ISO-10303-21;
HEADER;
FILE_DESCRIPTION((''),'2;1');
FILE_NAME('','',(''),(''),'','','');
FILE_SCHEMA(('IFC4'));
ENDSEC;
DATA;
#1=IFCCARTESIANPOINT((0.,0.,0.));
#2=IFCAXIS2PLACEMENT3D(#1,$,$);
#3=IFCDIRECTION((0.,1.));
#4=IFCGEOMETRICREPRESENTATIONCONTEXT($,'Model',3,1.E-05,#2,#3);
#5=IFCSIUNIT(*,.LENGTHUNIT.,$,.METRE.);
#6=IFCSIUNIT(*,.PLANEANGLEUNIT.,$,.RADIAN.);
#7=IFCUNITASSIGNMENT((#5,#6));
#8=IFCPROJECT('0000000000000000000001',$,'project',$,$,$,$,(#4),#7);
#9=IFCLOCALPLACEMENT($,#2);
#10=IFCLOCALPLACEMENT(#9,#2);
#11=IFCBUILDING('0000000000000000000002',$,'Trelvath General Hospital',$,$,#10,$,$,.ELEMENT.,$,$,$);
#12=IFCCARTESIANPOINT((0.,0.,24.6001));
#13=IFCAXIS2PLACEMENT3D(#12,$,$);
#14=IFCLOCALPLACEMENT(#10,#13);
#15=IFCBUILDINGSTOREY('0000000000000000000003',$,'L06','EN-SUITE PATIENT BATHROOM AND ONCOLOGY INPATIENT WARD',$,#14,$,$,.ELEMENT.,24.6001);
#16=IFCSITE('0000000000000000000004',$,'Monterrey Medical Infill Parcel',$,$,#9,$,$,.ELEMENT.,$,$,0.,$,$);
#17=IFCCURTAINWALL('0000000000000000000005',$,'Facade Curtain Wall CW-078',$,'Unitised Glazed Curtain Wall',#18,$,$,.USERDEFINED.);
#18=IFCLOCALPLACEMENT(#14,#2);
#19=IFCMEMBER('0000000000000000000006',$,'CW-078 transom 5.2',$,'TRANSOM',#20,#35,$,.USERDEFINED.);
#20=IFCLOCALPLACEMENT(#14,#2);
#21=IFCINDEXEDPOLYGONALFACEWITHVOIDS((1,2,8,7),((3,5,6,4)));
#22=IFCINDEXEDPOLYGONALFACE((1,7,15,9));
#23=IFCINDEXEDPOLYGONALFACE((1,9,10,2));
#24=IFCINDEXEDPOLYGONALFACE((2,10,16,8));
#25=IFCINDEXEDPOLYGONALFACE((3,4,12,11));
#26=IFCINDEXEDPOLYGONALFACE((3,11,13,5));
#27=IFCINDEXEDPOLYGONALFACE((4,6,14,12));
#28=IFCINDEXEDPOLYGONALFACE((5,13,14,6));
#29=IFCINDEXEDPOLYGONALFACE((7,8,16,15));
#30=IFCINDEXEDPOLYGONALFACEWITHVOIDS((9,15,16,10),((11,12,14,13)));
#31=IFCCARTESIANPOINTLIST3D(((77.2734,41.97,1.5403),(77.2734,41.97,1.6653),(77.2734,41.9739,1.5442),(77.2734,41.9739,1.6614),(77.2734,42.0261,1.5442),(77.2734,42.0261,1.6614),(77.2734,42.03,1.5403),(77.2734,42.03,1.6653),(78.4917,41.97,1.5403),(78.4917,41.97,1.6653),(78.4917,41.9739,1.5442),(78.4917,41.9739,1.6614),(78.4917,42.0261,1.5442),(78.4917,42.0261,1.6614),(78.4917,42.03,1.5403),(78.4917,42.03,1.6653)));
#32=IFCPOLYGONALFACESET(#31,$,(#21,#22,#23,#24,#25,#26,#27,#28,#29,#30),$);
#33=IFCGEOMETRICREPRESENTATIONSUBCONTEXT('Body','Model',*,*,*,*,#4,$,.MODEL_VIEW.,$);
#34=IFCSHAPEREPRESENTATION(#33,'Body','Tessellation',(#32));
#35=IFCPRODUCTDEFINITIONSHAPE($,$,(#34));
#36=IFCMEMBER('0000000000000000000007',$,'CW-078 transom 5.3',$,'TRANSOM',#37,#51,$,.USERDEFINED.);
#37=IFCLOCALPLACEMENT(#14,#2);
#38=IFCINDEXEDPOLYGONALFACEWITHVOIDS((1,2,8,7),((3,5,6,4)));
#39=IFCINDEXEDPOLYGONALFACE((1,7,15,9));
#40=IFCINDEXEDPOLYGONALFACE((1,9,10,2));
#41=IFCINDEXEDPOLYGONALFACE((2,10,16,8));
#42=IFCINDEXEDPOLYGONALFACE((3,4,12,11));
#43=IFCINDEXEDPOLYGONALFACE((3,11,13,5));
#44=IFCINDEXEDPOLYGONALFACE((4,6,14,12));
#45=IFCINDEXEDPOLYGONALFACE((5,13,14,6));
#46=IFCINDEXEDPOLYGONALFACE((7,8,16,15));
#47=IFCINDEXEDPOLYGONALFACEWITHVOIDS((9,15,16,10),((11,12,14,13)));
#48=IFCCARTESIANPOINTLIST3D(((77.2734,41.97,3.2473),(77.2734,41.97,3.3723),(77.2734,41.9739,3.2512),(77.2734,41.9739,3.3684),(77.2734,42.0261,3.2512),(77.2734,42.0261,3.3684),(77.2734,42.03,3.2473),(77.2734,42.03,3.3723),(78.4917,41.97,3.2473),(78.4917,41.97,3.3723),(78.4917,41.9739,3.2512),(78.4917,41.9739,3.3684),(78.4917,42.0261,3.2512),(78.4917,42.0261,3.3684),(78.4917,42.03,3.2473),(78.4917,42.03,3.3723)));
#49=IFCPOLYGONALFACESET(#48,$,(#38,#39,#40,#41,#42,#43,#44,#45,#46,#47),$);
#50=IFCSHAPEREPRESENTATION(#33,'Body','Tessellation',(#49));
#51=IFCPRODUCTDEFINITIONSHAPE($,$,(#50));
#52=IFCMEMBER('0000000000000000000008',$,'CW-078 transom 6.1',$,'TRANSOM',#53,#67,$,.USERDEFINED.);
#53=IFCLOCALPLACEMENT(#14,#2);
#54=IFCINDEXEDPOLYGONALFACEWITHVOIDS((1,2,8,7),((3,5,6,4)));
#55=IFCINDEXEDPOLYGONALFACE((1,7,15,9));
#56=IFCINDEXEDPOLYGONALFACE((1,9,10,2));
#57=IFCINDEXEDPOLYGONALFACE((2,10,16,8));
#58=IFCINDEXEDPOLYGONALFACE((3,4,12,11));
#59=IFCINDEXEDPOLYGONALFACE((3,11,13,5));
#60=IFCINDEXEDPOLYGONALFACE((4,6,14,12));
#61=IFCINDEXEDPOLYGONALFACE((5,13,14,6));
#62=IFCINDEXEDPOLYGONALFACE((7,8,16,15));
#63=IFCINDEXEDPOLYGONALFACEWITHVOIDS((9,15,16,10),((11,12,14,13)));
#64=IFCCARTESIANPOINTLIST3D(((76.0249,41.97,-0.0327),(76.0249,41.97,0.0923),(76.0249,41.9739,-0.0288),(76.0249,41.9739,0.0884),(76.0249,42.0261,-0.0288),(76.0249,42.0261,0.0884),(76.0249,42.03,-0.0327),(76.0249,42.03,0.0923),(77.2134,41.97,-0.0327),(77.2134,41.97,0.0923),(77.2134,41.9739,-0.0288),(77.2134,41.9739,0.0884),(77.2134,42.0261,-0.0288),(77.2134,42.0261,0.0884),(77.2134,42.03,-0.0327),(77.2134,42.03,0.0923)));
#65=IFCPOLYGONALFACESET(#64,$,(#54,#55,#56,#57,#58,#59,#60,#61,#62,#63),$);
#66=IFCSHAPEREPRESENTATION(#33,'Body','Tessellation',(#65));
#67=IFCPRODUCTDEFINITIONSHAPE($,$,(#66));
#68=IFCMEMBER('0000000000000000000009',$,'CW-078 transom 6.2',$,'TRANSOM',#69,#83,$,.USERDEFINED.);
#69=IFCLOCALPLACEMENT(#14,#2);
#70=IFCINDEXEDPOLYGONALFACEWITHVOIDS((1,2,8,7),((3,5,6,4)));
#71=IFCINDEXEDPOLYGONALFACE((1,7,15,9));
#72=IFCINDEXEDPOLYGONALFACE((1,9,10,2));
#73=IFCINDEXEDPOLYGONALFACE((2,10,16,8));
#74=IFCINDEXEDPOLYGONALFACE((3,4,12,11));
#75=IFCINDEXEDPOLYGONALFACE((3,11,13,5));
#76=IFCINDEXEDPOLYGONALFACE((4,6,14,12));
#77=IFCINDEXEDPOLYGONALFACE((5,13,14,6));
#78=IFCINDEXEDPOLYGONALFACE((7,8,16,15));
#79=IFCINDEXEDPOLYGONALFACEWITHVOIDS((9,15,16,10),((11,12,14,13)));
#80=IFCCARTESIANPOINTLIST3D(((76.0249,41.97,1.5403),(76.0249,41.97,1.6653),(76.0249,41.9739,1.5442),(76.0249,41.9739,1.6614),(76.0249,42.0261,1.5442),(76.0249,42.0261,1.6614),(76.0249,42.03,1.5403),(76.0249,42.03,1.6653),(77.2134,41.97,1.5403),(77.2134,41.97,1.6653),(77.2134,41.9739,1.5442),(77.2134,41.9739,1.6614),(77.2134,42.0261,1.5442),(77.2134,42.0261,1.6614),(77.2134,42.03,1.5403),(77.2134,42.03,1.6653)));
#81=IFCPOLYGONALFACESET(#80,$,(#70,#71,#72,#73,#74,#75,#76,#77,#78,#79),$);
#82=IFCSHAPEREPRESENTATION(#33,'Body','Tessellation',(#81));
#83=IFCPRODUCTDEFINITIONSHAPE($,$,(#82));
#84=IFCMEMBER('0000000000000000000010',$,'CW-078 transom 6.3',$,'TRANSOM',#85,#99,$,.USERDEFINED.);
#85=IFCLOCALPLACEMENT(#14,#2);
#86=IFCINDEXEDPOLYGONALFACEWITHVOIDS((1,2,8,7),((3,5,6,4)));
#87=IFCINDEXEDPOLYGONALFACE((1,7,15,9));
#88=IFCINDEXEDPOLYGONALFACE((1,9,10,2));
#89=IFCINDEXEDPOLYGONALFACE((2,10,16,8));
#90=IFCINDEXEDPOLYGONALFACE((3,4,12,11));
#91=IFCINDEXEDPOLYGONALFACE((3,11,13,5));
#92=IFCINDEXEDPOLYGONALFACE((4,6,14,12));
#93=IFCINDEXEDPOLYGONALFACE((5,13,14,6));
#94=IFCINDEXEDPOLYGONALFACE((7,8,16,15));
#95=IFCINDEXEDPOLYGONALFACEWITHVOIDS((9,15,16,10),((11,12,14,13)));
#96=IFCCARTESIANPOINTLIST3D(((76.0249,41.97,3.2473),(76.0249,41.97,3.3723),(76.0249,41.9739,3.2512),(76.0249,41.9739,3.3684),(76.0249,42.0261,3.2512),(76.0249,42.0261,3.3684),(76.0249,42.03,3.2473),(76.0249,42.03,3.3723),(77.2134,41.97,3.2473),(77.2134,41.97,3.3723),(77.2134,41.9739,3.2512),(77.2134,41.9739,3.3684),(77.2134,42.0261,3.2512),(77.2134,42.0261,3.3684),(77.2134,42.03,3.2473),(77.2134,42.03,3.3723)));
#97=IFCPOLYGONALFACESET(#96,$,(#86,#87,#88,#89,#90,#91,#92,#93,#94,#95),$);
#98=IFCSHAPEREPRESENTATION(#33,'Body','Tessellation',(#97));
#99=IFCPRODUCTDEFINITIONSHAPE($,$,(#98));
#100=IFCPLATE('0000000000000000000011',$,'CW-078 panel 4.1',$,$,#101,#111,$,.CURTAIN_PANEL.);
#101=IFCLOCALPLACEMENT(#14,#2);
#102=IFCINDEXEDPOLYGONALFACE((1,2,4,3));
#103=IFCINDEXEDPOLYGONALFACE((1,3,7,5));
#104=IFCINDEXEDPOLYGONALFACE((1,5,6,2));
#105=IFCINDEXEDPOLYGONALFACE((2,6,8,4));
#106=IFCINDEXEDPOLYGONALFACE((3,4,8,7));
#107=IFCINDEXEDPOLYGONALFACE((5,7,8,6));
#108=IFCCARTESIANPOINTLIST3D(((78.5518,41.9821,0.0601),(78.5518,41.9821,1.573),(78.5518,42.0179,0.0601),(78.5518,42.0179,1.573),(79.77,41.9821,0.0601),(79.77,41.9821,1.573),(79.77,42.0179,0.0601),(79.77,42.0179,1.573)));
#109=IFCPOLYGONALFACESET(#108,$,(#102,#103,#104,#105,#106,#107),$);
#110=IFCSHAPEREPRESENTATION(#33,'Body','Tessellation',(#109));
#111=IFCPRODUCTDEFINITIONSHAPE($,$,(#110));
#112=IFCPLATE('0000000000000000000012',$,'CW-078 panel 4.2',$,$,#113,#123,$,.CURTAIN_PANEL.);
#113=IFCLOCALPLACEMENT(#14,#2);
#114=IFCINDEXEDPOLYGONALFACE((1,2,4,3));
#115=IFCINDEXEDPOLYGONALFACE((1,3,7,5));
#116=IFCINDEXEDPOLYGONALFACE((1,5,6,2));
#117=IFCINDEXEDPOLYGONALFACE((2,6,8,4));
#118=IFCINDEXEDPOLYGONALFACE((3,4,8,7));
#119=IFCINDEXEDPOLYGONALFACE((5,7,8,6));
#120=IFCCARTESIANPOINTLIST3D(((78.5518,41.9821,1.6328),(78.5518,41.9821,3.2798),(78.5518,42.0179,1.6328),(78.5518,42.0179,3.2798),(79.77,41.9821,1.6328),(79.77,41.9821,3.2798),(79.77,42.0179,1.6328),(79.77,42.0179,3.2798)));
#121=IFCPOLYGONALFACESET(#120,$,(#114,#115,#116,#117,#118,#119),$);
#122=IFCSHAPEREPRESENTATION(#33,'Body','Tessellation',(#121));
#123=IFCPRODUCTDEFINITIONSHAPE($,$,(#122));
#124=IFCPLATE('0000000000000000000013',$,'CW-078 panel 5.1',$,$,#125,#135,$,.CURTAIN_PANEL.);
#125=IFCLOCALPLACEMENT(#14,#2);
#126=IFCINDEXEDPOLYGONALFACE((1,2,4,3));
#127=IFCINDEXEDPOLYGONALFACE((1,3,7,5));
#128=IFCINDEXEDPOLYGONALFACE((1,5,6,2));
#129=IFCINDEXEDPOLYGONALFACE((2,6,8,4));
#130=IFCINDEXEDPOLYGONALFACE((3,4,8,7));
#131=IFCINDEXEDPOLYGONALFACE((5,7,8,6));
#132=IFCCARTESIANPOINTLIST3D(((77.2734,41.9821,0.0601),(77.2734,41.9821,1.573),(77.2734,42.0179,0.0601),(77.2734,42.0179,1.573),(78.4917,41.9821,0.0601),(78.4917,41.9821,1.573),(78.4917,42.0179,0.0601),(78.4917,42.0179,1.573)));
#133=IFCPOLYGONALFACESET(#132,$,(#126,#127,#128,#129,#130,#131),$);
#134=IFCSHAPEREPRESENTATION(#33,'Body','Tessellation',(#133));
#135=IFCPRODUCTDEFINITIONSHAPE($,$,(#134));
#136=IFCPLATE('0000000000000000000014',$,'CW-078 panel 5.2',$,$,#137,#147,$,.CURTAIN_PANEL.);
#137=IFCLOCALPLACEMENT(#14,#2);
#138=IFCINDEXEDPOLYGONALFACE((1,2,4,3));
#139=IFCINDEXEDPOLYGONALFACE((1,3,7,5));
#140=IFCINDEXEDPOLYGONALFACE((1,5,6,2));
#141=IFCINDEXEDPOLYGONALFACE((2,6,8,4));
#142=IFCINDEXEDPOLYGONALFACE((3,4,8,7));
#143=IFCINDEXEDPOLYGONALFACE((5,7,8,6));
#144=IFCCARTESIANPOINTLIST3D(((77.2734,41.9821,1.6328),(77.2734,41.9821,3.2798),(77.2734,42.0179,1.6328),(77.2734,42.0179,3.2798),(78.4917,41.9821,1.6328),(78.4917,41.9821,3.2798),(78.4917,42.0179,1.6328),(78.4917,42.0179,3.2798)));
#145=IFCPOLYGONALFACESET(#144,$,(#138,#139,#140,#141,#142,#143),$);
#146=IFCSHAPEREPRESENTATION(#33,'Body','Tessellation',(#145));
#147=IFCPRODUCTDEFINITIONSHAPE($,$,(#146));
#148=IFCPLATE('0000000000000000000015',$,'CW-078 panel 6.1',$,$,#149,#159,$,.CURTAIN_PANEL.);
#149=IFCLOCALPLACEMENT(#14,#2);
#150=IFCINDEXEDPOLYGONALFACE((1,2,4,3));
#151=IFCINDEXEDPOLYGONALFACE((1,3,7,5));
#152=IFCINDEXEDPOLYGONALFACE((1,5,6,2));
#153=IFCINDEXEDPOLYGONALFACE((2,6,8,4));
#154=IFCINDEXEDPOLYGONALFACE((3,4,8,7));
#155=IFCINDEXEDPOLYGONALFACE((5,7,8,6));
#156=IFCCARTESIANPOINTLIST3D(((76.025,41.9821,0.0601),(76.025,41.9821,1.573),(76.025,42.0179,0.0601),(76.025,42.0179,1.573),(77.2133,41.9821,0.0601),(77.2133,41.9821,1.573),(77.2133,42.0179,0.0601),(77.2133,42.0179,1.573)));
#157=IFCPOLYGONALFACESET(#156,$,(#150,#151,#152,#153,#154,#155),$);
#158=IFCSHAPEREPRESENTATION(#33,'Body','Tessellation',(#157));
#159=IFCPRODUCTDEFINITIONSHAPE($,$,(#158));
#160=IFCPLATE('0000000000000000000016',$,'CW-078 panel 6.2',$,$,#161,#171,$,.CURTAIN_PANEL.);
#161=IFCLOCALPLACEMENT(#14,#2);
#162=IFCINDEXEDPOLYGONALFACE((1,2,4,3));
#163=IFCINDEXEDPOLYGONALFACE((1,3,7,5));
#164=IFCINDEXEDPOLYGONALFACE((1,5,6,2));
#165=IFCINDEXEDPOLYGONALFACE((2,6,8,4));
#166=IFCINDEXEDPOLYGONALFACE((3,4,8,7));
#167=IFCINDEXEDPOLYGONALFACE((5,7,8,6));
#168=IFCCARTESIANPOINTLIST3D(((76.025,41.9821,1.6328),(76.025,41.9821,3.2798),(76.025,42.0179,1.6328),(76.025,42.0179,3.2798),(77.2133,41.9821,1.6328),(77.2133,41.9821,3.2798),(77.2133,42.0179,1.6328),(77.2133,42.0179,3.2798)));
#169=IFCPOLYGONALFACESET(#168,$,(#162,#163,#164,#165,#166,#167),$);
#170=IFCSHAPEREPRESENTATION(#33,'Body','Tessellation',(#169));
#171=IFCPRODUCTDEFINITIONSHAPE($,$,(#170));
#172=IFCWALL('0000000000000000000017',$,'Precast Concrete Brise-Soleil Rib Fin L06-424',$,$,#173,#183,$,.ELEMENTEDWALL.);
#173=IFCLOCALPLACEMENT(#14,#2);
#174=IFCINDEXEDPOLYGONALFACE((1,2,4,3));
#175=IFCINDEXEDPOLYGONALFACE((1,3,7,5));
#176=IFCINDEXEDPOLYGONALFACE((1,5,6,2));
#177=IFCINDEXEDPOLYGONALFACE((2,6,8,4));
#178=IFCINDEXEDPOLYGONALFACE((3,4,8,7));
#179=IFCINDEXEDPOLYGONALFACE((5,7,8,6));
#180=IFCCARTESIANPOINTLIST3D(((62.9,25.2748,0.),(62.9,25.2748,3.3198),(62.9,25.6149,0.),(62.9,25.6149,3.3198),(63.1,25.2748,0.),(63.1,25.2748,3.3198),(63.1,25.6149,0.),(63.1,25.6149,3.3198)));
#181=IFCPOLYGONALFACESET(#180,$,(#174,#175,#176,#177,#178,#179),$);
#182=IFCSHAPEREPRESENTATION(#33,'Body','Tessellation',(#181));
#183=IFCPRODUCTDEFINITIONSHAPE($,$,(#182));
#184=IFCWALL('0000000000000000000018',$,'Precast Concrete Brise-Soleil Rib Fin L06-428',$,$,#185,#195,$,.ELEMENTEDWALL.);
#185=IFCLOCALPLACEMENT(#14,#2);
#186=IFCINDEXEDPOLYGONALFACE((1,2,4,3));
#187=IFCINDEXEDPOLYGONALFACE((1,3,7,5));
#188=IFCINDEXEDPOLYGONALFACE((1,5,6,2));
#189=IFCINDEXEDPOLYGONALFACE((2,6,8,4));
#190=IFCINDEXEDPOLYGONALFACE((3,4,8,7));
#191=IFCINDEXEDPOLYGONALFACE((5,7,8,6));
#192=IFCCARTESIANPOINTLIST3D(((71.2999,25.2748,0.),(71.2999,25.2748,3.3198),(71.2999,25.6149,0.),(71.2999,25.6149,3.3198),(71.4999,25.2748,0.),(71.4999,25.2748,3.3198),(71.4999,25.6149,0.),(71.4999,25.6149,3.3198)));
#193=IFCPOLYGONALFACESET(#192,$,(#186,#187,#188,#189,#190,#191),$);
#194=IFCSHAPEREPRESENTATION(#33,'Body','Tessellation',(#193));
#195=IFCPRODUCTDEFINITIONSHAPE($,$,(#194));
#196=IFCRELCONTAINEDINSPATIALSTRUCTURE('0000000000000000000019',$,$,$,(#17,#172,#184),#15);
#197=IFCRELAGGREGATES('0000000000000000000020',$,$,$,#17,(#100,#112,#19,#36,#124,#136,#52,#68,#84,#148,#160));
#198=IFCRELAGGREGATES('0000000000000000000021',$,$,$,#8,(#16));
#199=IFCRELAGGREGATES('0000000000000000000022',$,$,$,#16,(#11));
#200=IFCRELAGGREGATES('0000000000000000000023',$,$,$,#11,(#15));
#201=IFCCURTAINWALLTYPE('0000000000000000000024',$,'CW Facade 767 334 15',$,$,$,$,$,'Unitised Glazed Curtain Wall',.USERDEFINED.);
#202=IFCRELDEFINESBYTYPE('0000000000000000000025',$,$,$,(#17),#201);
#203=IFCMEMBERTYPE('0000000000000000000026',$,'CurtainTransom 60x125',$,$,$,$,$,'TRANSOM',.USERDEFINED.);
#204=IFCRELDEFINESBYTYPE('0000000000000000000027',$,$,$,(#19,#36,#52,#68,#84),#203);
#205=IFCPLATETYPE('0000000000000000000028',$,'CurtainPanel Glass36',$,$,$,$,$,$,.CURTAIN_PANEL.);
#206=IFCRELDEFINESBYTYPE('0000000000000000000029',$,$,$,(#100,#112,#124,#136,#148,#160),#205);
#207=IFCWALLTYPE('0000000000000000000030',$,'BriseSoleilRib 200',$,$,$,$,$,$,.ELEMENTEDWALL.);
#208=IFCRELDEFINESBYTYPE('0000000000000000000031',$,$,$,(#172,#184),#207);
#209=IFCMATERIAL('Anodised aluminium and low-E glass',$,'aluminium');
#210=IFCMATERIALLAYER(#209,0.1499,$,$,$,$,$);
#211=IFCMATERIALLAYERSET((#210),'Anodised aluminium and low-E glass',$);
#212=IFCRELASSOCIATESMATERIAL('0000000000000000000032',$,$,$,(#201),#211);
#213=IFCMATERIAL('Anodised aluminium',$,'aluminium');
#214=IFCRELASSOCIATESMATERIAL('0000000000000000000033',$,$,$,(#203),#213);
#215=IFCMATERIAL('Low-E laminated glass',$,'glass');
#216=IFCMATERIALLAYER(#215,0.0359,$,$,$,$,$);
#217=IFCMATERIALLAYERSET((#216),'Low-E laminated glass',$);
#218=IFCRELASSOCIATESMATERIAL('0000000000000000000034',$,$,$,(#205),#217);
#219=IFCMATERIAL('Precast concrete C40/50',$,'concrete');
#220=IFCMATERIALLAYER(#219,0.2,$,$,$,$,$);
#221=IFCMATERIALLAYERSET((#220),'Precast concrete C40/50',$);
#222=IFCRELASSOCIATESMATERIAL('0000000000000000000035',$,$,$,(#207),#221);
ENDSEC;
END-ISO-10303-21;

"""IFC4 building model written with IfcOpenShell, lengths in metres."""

from ifc_helpers import new_model, si_unit, direction, frame, frame_2d, origin, origin_2d, place, context, subcontext, project, spatial, rectangle, hollow_rectangle, extrude, material, layer, layer_set, material_profile, profile_set, type_object, element, aggregate, save


model = new_model("IFC4")

# Units and contexts
model_context = context("Model", 3, precision=1e-05, world=origin(), true_north=direction((0.0, 1.0)))
body_context = subcontext(model_context, "Body", "Model", "MODEL_VIEW")
ifc_project = project(units=[si_unit("LENGTHUNIT", "METRE"), si_unit("PLANEANGLEUNIT", "RADIAN")], contexts=[model_context])

# Site, building, storey
site_placement = place(None, origin())
site = spatial("IfcSite", under=ifc_project, at=site_placement, Name="Monterrey Medical Infill Parcel", CompositionType="ELEMENT", RefElevation=0.0)
building_placement = place(site_placement, origin())
building = spatial("IfcBuilding", under=site, at=building_placement, Name="Trelvath General Hospital", CompositionType="ELEMENT")
storey_placement = place(building_placement, frame((0.0, 0.0, 24.6001)))
storey = spatial("IfcBuildingStorey", under=building, at=storey_placement, Name="L06", Description="EN-SUITE PATIENT BATHROOM AND ONCOLOGY INPATIENT WARD", CompositionType="ELEMENT", Elevation=24.6001)

# Curtain wall, members, plates
ifc_material_1 = material(Name="Anodised aluminium and low-E glass", Category="aluminium")
ifc_layer_1 = layer(ifc_material_1, 0.1499)
ifc_layer_set_1 = layer_set([ifc_layer_1], Name="Anodised aluminium and low-E glass")
curtain_wall_type = type_object("IfcCurtainWallType", Name="CW Facade 767 334 15", ElementType="Unitised Glazed Curtain Wall", PredefinedType="USERDEFINED", material=ifc_layer_set_1)
curtain_wall_placement = place(storey_placement, origin())
curtain_wall = element("IfcCurtainWall", 1, at=curtain_wall_placement, inside=storey, type_object=curtain_wall_type, Name="Facade Curtain Wall CW-078", ObjectType="Unitised Glazed Curtain Wall", PredefinedType="USERDEFINED")
ifc_material_2 = material(Name="Anodised aluminium", Category="aluminium")
ifc_material_profile_1 = material_profile(ifc_material_2, hollow_rectangle(XDim=0.0601, YDim=0.125, WallThickness=0.0039, at=origin_2d()), Name="RHS60x125x4")
ifc_profile_set_1 = profile_set([ifc_material_profile_1], Name="Anodised aluminium")
member_type_1 = type_object("IfcMemberType", Name="CurtainTransom 60x125", ElementType="TRANSOM", PredefinedType="USERDEFINED", material=ifc_profile_set_1)
member_1_placement = place(storey_placement, frame((78.4917, 42.0, 1.6028), z_axis=(-1.0, 0.0, 0.0), x_axis=(0.0, -1.0, 0.0)))
member_1 = element("IfcMember", 2, at=member_1_placement, type_object=member_type_1, Name="CW-078 transom 5.2", ObjectType="TRANSOM", PredefinedType="USERDEFINED", context=body_context, shape_type="SweptSolid", body=[
    extrude(hollow_rectangle(XDim=0.0601, YDim=0.125, WallThickness=0.0039, at=origin_2d()), origin(), (0.0, 0.0, 1.0), 1.2183),
])
member_2_placement = place(storey_placement, frame((78.4917, 42.0, 3.3098), z_axis=(-1.0, 0.0, 0.0), x_axis=(0.0, -1.0, 0.0)))
member_2 = element("IfcMember", 3, at=member_2_placement, type_object=member_type_1, Name="CW-078 transom 5.3", ObjectType="TRANSOM", PredefinedType="USERDEFINED", context=body_context, shape_type="SweptSolid", body=[
    extrude(hollow_rectangle(XDim=0.0601, YDim=0.125, WallThickness=0.0039, at=origin_2d()), origin(), (0.0, 0.0, 1.0), 1.2183),
])
member_3_placement = place(storey_placement, frame((77.2134, 42.0, 0.0298), z_axis=(-1.0, 0.0, 0.0), x_axis=(0.0, -1.0, 0.0)))
member_3 = element("IfcMember", 4, at=member_3_placement, type_object=member_type_1, Name="CW-078 transom 6.1", ObjectType="TRANSOM", PredefinedType="USERDEFINED", context=body_context, shape_type="SweptSolid", body=[
    extrude(hollow_rectangle(XDim=0.0601, YDim=0.125, WallThickness=0.0039, at=origin_2d()), origin(), (0.0, 0.0, 1.0), 1.1885),
])
member_4_placement = place(storey_placement, frame((77.2134, 42.0, 1.6028), z_axis=(-1.0, 0.0, 0.0), x_axis=(0.0, -1.0, 0.0)))
member_4 = element("IfcMember", 5, at=member_4_placement, type_object=member_type_1, Name="CW-078 transom 6.2", ObjectType="TRANSOM", PredefinedType="USERDEFINED", context=body_context, shape_type="SweptSolid", body=[
    extrude(hollow_rectangle(XDim=0.0601, YDim=0.125, WallThickness=0.0039, at=origin_2d()), origin(), (0.0, 0.0, 1.0), 1.1885),
])
member_5_placement = place(storey_placement, frame((77.2134, 42.0, 3.3098), z_axis=(-1.0, 0.0, 0.0), x_axis=(0.0, -1.0, 0.0)))
member_5 = element("IfcMember", 6, at=member_5_placement, type_object=member_type_1, Name="CW-078 transom 6.3", ObjectType="TRANSOM", PredefinedType="USERDEFINED", context=body_context, shape_type="SweptSolid", body=[
    extrude(hollow_rectangle(XDim=0.0601, YDim=0.125, WallThickness=0.0039, at=origin_2d()), origin(), (0.0, 0.0, 1.0), 1.1885),
])
ifc_material_3 = material(Name="Low-E laminated glass", Category="glass")
ifc_layer_2 = layer(ifc_material_3, 0.0359)
ifc_layer_set_2 = layer_set([ifc_layer_2], Name="Low-E laminated glass")
plate_type = type_object("IfcPlateType", Name="CurtainPanel Glass36", PredefinedType="CURTAIN_PANEL", material=ifc_layer_set_2)
plate_1_placement = place(storey_placement, frame((79.1609, 42.0, 0.0601), z_axis=(0.0, 0.0, 1.0), x_axis=(-1.0, 0.0, 0.0)))
plate_1 = element("IfcPlate", 7, at=plate_1_placement, type_object=plate_type, Name="CW-078 panel 4.1", PredefinedType="CURTAIN_PANEL", context=body_context, shape_type="SweptSolid", body=[
    extrude(rectangle(XDim=1.2183, YDim=0.0359, at=origin_2d()), origin(), (0.0, 0.0, 1.0), 1.5129),
])
plate_2_placement = place(storey_placement, frame((79.1609, 42.0, 1.6328), z_axis=(0.0, 0.0, 1.0), x_axis=(-1.0, 0.0, 0.0)))
plate_2 = element("IfcPlate", 8, at=plate_2_placement, type_object=plate_type, Name="CW-078 panel 4.2", PredefinedType="CURTAIN_PANEL", context=body_context, shape_type="SweptSolid", body=[
    extrude(rectangle(XDim=1.2183, YDim=0.0359, at=origin_2d()), origin(), (0.0, 0.0, 1.0), 1.647),
])
plate_3_placement = place(storey_placement, frame((77.8826, 42.0, 0.0601), z_axis=(0.0, 0.0, 1.0), x_axis=(-1.0, 0.0, 0.0)))
plate_3 = element("IfcPlate", 9, at=plate_3_placement, type_object=plate_type, Name="CW-078 panel 5.1", PredefinedType="CURTAIN_PANEL", context=body_context, shape_type="SweptSolid", body=[
    extrude(rectangle(XDim=1.2183, YDim=0.0359, at=origin_2d()), origin(), (0.0, 0.0, 1.0), 1.5129),
])
plate_4_placement = place(storey_placement, frame((77.8826, 42.0, 1.6328), z_axis=(0.0, 0.0, 1.0), x_axis=(-1.0, 0.0, 0.0)))
plate_4 = element("IfcPlate", 10, at=plate_4_placement, type_object=plate_type, Name="CW-078 panel 5.2", PredefinedType="CURTAIN_PANEL", context=body_context, shape_type="SweptSolid", body=[
    extrude(rectangle(XDim=1.2183, YDim=0.0359, at=origin_2d()), origin(), (0.0, 0.0, 1.0), 1.647),
])
plate_5_placement = place(storey_placement, frame((76.6191, 42.0, 0.0601), z_axis=(0.0, 0.0, 1.0), x_axis=(-1.0, 0.0, 0.0)))
plate_5 = element("IfcPlate", 11, at=plate_5_placement, type_object=plate_type, Name="CW-078 panel 6.1", PredefinedType="CURTAIN_PANEL", context=body_context, shape_type="SweptSolid", body=[
    extrude(rectangle(XDim=1.1882, YDim=0.0359, at=origin_2d()), origin(), (0.0, 0.0, 1.0), 1.5129),
])
plate_6_placement = place(storey_placement, frame((76.6191, 42.0, 1.6328), z_axis=(0.0, 0.0, 1.0), x_axis=(-1.0, 0.0, 0.0)))
plate_6 = element("IfcPlate", 12, at=plate_6_placement, type_object=plate_type, Name="CW-078 panel 6.2", PredefinedType="CURTAIN_PANEL", context=body_context, shape_type="SweptSolid", body=[
    extrude(rectangle(XDim=1.1882, YDim=0.0359, at=origin_2d()), origin(), (0.0, 0.0, 1.0), 1.647),
])
aggregate(curtain_wall, [plate_1, plate_2, member_1, member_2, plate_3, plate_4, member_3, member_4, member_5, plate_5, plate_6])

# Walls
ifc_material_4 = material(Name="Precast concrete C40/50", Category="concrete")
ifc_layer_3 = layer(ifc_material_4, 0.2)
ifc_layer_set_3 = layer_set([ifc_layer_3], Name="Precast concrete C40/50")
wall_type_1 = type_object("IfcWallType", Name="BriseSoleilRib 200", PredefinedType="ELEMENTEDWALL", material=ifc_layer_set_3)
for number, where, z_axis, x_axis, name in (
    (13, (63.0, 25.2749, 0.0), (0.0, 0.0, 1.0), (0.0, 1.0, 0.0), "Precast Concrete Brise-Soleil Rib Fin L06-424"),
    (14, (71.3999, 25.2749, 0.0), (0.0, 0.0, 1.0), (0.0, 1.0, 0.0), "Precast Concrete Brise-Soleil Rib Fin L06-428"),
):
    element("IfcWall", number, at=place(storey_placement, frame(where, z_axis=z_axis, x_axis=x_axis)), inside=storey, type_object=wall_type_1, Name=name, PredefinedType="ELEMENTEDWALL", context=body_context, shape_type="SweptSolid", body=[
        extrude(rectangle(XDim=0.3401, YDim=0.2, at=frame_2d((0.1699, 0.0))), origin(), (0.0, 0.0, 1.0), 3.3198),
    ])

save(model, "model.ifc")
